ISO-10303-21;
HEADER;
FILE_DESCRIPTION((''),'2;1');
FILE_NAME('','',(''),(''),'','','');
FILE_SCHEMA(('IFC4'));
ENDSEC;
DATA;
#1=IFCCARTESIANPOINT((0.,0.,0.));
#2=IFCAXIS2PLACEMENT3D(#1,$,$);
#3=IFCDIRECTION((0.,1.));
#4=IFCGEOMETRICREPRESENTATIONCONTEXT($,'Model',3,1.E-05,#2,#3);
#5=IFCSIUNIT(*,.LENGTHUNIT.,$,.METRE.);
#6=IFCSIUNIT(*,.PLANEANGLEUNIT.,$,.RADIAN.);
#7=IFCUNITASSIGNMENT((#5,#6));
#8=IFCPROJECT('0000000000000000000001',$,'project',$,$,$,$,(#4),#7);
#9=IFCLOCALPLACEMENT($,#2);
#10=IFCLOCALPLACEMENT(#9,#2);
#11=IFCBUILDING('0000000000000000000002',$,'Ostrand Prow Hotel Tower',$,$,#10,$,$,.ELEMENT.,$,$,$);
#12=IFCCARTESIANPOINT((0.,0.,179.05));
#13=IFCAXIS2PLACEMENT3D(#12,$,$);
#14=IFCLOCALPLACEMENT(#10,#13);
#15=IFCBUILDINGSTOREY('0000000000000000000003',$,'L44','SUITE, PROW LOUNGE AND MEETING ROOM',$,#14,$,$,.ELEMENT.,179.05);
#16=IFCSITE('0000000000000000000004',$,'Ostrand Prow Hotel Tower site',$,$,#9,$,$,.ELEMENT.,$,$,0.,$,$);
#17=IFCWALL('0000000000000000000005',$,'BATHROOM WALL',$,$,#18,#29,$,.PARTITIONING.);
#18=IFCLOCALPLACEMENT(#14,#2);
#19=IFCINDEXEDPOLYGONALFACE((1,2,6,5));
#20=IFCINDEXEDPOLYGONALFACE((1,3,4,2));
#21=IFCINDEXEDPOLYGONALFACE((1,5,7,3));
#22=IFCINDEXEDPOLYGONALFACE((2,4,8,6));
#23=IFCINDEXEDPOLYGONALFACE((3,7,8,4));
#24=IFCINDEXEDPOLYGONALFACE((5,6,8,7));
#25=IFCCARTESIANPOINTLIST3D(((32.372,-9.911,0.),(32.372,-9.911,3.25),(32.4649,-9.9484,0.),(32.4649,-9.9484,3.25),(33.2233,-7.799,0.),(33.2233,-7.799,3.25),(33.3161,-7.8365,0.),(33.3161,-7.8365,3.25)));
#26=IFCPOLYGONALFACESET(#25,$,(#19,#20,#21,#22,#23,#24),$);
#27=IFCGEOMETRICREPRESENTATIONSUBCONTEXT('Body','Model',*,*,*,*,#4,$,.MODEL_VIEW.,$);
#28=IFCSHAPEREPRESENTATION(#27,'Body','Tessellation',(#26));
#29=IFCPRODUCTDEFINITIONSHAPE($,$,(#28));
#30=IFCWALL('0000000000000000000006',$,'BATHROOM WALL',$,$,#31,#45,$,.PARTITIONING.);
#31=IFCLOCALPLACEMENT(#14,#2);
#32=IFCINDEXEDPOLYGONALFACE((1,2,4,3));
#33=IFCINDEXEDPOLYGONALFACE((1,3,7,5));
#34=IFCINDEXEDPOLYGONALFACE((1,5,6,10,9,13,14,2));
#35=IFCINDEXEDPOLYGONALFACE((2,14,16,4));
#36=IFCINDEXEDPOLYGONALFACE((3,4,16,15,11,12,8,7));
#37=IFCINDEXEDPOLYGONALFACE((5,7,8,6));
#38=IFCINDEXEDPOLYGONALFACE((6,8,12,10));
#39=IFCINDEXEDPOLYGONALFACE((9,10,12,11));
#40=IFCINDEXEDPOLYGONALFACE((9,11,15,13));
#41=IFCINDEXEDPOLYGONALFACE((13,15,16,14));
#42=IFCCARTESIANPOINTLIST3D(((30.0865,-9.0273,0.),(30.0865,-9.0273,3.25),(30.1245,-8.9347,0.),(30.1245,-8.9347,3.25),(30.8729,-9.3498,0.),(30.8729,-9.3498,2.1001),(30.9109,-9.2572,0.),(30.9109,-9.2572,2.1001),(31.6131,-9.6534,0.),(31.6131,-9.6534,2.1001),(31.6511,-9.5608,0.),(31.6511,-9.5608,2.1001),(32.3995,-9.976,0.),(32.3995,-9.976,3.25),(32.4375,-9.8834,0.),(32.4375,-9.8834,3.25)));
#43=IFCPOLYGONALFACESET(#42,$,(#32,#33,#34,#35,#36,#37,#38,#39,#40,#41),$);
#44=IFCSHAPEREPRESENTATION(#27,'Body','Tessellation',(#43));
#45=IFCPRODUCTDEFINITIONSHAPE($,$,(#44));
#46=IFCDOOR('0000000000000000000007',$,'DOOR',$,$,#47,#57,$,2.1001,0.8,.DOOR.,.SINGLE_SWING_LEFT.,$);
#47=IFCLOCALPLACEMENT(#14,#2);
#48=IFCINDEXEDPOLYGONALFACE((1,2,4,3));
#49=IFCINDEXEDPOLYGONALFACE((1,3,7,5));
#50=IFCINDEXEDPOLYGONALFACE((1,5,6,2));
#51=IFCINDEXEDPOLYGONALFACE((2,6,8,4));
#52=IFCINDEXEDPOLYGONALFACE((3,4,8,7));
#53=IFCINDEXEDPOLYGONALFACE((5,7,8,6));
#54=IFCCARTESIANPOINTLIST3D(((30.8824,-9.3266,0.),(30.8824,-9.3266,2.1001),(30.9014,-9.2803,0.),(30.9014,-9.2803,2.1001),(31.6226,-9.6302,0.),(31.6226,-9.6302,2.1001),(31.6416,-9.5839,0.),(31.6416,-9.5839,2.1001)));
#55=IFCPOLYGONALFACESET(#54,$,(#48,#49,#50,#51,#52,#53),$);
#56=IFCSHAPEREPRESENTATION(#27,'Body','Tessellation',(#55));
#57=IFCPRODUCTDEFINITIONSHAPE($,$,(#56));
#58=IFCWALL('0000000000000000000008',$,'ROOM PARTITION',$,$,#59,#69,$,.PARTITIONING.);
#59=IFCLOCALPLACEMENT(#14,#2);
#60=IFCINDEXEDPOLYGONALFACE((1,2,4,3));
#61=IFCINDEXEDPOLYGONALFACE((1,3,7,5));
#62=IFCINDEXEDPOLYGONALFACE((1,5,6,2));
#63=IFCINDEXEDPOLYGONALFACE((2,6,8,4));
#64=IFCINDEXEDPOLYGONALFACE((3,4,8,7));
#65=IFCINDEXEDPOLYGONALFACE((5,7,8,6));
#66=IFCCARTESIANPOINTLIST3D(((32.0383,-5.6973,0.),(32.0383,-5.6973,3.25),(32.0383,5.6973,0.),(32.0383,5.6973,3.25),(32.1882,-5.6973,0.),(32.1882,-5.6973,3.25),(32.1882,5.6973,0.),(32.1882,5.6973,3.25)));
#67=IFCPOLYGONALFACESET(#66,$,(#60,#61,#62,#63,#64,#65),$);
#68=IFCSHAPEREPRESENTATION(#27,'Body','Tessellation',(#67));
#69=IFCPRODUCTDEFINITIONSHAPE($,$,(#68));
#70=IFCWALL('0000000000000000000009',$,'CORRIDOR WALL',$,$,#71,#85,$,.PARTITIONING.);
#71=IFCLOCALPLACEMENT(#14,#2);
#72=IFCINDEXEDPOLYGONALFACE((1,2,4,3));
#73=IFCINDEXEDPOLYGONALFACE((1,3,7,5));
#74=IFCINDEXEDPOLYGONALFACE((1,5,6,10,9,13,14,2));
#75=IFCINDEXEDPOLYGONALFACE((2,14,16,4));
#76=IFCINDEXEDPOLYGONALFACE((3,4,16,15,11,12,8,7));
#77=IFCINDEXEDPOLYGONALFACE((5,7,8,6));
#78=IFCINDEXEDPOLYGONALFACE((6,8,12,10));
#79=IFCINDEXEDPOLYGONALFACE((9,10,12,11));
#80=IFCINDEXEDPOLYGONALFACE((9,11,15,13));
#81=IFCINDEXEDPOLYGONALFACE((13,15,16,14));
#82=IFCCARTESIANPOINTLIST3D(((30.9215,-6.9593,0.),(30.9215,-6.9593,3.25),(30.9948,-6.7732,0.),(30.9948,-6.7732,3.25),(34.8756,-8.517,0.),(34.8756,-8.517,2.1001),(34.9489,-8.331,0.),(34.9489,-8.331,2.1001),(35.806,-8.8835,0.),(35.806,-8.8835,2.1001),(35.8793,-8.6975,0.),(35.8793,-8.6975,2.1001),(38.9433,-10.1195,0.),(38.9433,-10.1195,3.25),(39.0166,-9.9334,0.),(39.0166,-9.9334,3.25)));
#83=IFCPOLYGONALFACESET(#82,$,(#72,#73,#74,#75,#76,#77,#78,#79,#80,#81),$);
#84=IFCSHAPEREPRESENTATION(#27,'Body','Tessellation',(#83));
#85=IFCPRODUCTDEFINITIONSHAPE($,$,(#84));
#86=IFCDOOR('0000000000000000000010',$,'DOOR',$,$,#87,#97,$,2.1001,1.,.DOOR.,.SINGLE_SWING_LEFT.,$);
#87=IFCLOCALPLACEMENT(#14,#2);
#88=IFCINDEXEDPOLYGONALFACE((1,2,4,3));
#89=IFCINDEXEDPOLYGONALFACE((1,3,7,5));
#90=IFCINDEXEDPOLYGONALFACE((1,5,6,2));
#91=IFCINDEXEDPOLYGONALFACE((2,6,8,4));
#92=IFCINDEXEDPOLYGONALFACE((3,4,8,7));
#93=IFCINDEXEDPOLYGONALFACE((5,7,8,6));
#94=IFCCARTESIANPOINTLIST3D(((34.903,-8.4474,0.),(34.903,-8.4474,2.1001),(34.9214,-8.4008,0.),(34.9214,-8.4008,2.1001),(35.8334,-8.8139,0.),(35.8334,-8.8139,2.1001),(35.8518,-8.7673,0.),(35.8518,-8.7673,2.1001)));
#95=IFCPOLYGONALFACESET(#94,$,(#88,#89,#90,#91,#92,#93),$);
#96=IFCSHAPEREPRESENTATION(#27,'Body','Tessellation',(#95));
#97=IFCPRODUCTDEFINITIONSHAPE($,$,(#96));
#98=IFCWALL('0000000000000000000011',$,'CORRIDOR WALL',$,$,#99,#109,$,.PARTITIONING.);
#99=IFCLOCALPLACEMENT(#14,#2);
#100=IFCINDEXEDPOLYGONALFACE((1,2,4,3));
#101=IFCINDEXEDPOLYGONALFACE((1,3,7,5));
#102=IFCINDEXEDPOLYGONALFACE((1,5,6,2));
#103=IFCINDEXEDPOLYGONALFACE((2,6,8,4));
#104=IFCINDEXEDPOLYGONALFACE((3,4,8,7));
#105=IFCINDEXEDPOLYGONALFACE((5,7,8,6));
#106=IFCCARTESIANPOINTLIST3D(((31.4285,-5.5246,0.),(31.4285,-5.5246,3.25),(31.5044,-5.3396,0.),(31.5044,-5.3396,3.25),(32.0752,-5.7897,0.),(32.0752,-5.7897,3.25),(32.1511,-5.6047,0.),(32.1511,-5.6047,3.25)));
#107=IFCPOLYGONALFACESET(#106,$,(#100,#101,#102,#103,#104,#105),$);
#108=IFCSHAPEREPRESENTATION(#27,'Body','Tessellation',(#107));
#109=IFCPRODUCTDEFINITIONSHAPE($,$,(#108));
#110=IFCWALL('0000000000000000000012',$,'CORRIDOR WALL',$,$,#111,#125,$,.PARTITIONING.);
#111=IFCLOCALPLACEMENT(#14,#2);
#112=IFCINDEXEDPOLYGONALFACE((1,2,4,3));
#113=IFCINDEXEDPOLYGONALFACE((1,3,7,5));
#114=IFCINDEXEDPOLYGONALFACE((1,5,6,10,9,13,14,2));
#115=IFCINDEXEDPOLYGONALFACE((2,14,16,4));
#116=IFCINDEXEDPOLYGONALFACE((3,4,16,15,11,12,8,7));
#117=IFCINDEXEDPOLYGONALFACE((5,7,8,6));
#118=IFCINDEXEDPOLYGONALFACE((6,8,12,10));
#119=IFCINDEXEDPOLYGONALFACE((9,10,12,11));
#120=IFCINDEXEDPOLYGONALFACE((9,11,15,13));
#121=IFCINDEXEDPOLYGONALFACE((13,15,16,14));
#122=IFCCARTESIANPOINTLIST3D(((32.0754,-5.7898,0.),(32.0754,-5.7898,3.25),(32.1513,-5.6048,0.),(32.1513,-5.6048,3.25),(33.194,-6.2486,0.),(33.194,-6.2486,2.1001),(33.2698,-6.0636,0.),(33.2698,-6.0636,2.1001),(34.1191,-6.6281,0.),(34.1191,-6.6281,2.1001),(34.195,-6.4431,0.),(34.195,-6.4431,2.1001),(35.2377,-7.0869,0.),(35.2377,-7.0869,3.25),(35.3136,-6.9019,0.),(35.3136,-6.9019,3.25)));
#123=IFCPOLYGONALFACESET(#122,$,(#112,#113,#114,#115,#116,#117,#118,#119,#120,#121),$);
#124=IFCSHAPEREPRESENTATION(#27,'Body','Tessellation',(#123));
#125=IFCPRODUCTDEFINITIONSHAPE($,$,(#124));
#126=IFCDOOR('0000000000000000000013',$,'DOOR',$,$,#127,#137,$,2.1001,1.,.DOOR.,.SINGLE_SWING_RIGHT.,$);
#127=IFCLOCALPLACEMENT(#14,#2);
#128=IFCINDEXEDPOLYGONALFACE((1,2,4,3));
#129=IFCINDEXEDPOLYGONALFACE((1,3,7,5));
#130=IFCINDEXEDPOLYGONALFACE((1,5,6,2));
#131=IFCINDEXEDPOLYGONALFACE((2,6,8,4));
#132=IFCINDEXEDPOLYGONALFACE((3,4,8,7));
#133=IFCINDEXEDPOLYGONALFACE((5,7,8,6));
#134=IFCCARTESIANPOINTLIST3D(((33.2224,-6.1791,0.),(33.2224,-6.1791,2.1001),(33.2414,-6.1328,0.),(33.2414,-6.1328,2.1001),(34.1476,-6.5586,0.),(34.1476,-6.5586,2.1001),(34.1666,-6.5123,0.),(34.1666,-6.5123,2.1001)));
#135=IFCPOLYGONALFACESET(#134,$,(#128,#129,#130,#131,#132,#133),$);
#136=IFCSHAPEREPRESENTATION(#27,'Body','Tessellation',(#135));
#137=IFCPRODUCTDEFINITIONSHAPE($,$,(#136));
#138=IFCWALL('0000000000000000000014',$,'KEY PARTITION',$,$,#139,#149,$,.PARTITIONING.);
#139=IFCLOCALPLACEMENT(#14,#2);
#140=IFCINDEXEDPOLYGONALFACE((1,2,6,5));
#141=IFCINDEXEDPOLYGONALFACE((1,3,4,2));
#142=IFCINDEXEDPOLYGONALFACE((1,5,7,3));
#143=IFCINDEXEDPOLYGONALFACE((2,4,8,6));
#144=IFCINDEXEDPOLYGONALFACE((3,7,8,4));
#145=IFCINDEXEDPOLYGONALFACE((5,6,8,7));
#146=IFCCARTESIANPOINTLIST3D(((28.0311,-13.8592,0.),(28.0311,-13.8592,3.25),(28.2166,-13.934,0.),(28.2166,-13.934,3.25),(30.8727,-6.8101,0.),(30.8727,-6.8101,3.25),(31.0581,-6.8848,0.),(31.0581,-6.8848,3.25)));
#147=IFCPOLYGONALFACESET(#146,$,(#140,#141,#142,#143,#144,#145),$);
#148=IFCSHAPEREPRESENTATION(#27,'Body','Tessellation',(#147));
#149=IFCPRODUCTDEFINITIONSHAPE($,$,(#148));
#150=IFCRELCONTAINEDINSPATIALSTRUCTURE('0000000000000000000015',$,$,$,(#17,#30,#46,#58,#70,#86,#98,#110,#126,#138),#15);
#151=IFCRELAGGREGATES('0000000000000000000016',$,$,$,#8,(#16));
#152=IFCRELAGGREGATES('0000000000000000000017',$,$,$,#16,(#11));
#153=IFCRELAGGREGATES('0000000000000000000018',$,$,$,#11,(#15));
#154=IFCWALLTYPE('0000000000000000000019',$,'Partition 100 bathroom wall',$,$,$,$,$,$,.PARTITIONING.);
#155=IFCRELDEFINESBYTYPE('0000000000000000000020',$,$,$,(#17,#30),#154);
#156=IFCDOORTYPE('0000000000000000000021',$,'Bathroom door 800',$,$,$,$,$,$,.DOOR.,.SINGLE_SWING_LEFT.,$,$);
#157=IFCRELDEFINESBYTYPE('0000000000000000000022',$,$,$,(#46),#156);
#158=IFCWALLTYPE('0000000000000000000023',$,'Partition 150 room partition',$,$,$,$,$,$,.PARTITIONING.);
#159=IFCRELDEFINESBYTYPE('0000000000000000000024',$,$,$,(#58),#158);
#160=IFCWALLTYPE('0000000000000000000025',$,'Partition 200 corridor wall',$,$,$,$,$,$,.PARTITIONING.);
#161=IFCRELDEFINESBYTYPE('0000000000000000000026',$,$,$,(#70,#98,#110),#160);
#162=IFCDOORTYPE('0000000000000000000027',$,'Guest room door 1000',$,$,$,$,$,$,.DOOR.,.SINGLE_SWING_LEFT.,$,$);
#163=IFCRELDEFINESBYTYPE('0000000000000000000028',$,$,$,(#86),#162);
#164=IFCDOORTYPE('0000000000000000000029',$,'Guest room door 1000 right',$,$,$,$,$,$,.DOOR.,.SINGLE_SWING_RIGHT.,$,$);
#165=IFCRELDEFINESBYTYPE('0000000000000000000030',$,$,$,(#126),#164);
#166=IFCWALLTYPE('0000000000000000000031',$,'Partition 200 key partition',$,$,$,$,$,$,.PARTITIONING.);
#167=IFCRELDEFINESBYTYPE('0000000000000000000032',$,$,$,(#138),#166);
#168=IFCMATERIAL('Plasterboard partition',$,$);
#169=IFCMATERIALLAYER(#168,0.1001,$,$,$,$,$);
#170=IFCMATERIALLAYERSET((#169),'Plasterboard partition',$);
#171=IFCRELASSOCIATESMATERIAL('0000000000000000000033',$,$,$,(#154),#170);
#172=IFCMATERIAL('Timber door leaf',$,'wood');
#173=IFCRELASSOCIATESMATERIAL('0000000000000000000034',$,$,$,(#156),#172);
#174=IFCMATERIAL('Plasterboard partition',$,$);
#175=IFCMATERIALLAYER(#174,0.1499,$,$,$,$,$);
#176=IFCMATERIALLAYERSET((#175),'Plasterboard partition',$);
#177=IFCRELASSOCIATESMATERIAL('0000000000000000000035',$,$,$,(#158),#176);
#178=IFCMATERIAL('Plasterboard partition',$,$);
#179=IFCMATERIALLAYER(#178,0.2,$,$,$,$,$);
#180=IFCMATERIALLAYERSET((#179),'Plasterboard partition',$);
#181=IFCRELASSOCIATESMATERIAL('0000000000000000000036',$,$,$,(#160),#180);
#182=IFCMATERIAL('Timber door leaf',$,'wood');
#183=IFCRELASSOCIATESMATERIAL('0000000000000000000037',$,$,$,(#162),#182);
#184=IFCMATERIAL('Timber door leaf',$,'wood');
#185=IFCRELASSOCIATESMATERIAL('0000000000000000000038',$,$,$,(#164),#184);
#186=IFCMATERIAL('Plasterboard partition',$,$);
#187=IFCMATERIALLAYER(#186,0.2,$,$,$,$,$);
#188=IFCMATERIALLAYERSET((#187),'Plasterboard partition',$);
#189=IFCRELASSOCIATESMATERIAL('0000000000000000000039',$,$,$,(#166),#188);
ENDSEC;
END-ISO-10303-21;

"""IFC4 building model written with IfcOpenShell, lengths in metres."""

from ifc_helpers import new_model, si_unit, direction, frame, frame_2d, origin, place, context, subcontext, project, spatial, rectangle, extrude, material, layer, layer_set, type_object, element, fill, save


model = new_model("IFC4")

# Units and contexts
model_context = context("Model", 3, precision=1e-05, world=origin(), true_north=direction((0.0, 1.0)))
body_context = subcontext(model_context, "Body", "Model", "MODEL_VIEW")
ifc_project = project(units=[si_unit("LENGTHUNIT", "METRE"), si_unit("PLANEANGLEUNIT", "RADIAN")], contexts=[model_context])

# Site, building, storey
site_placement = place(None, origin())
site = spatial("IfcSite", under=ifc_project, at=site_placement, Name="Ostrand Prow Hotel Tower site", CompositionType="ELEMENT", RefElevation=0.0)
building_placement = place(site_placement, origin())
building = spatial("IfcBuilding", under=site, at=building_placement, Name="Ostrand Prow Hotel Tower", CompositionType="ELEMENT")
storey_placement = place(building_placement, frame((0.0, 0.0, 179.05)))
storey = spatial("IfcBuildingStorey", under=building, at=storey_placement, Name="L44", Description="SUITE, PROW LOUNGE AND MEETING ROOM", CompositionType="ELEMENT", Elevation=179.05)

# Shared definitions
ifc_material_1 = material(Name="Plasterboard partition")
ifc_layer_1 = layer(ifc_material_1, 0.1001)
ifc_layer_set_1 = layer_set([ifc_layer_1], Name="Plasterboard partition")
wall_type_1 = type_object("IfcWallType", Name="Partition 100 bathroom wall", PredefinedType="PARTITIONING", material=ifc_layer_set_1)

# Shared definitions
ifc_material_2 = material(Name="Timber door leaf", Category="wood")
door_type_1 = type_object("IfcDoorType", Name="Bathroom door 800", OperationType="SINGLE_SWING_LEFT", PredefinedType="DOOR", material=ifc_material_2)

# Wall
wall_1_placement = place(storey_placement, frame((33.2698, -7.8176, 0.0), z_axis=(0.0, 0.0, 1.0), x_axis=(-0.373848, -0.92749, 0.0)))
element("IfcWall", 1, at=wall_1_placement, inside=storey, type_object=wall_type_1, Name="BATHROOM WALL", PredefinedType="PARTITIONING", context=body_context, shape_type="SweptSolid", body=[
    extrude(rectangle(XDim=2.2771, YDim=0.1001, at=frame_2d((1.1387, 0.0))), origin(), (0.0, 0.0, 1.0), 3.25),
])

# Wall, opening, door
wall_2_placement = place(storey_placement, frame((32.4185, -9.9297, 0.0), z_axis=(0.0, 0.0, 1.0), x_axis=(-0.925195, 0.379492, 0.0)))
wall_2 = element("IfcWall", 2, at=wall_2_placement, inside=storey, type_object=wall_type_1, Name="BATHROOM WALL", PredefinedType="PARTITIONING", context=body_context, shape_type="SweptSolid", body=[
    extrude(rectangle(XDim=2.5, YDim=0.1001, at=frame_2d((1.25, 0.0))), origin(), (0.0, 0.0, 1.0), 3.25),
])
opening_1_placement = place(wall_2_placement, frame((0.8501, 0.0, 0.0)))
opening_1 = element("IfcOpeningElement", 3, at=opening_1_placement, cuts=wall_2, PredefinedType="OPENING", context=body_context, shape_type="SweptSolid", body=[
    extrude(rectangle(XDim=0.8, YDim=2.1001, at=frame_2d((0.3999, 1.05))), frame((0.0, 0.0601, 0.0), z_axis=(0.0, -1.0, 0.0), x_axis=(1.0, 0.0, 0.0)), (0.0, 0.0, 1.0), 0.1201),
])
door_1_placement = place(opening_1_placement, origin())
door_1 = element("IfcDoor", 4, at=door_1_placement, inside=storey, type_object=door_type_1, Name="DOOR", OperationType="SINGLE_SWING_LEFT", OverallHeight=2.1001, OverallWidth=0.8, PredefinedType="DOOR", context=body_context, shape_type="SweptSolid", body=[
    extrude(rectangle(XDim=0.8, YDim=2.1001, at=frame_2d((0.3999, 1.05))), frame((0.0, 0.0249, 0.0), z_axis=(0.0, -1.0, 0.0), x_axis=(1.0, 0.0, 0.0)), (0.0, 0.0, 1.0), 0.05),
])
fill(opening_1, door_1)

# Wall
ifc_material_3 = material(Name="Plasterboard partition")
ifc_layer_2 = layer(ifc_material_3, 0.1499)
ifc_layer_set_2 = layer_set([ifc_layer_2], Name="Plasterboard partition")
wall_type_2 = type_object("IfcWallType", Name="Partition 150 room partition", PredefinedType="PARTITIONING", material=ifc_layer_set_2)
wall_3_placement = place(storey_placement, frame((32.1133, -5.6973, 0.0), z_axis=(0.0, 0.0, 1.0), x_axis=(0.0, 1.0, 0.0)))
element("IfcWall", 5, at=wall_3_placement, inside=storey, type_object=wall_type_2, Name="ROOM PARTITION", PredefinedType="PARTITIONING", context=body_context, shape_type="SweptSolid", body=[
    extrude(rectangle(XDim=11.3945, YDim=0.1499, at=frame_2d((5.6973, 0.0))), origin(), (0.0, 0.0, 1.0), 3.25),
])

# Wall, opening, door
ifc_material_4 = material(Name="Plasterboard partition")
ifc_layer_3 = layer(ifc_material_4, 0.2)
ifc_layer_set_3 = layer_set([ifc_layer_3], Name="Plasterboard partition")
wall_type_3 = type_object("IfcWallType", Name="Partition 200 corridor wall", PredefinedType="PARTITIONING", material=ifc_layer_set_3)
wall_4_placement = place(storey_placement, frame((30.958, -6.8662, 0.0), z_axis=(0.0, 0.0, 1.0), x_axis=(0.930405, -0.366533, 0.0)))
wall_4 = element("IfcWall", 6, at=wall_4_placement, inside=storey, type_object=wall_type_3, Name="CORRIDOR WALL", PredefinedType="PARTITIONING", context=body_context, shape_type="SweptSolid", body=[
    extrude(rectangle(XDim=8.6218, YDim=0.2, at=frame_2d((4.311, 0.0))), origin(), (0.0, 0.0, 1.0), 3.25),
])
opening_2_placement = place(wall_4_placement, frame((4.25, 0.0, 0.0)))
opening_2 = element("IfcOpeningElement", 7, at=opening_2_placement, cuts=wall_4, PredefinedType="OPENING", context=body_context, shape_type="SweptSolid", body=[
    extrude(rectangle(XDim=1.0, YDim=2.1001, at=frame_2d((0.5, 1.05))), frame((0.0, 0.1099, 0.0), z_axis=(0.0, -1.0, 0.0), x_axis=(1.0, 0.0, 0.0)), (0.0, 0.0, 1.0), 0.22),
])
ifc_material_5 = material(Name="Timber door leaf", Category="wood")
door_type_2 = type_object("IfcDoorType", Name="Guest room door 1000", OperationType="SINGLE_SWING_LEFT", PredefinedType="DOOR", material=ifc_material_5)
door_2_placement = place(opening_2_placement, origin())
door_2 = element("IfcDoor", 8, at=door_2_placement, inside=storey, type_object=door_type_2, Name="DOOR", OperationType="SINGLE_SWING_LEFT", OverallHeight=2.1001, OverallWidth=1.0, PredefinedType="DOOR", context=body_context, shape_type="SweptSolid", body=[
    extrude(rectangle(XDim=1.0, YDim=2.1001, at=frame_2d((0.5, 1.05))), frame((0.0, 0.0249, 0.0), z_axis=(0.0, -1.0, 0.0), x_axis=(1.0, 0.0, 0.0)), (0.0, 0.0, 1.0), 0.05),
])
fill(opening_2, door_2)

# Wall
wall_5_placement = place(storey_placement, frame((32.1133, -5.6973, 0.0), z_axis=(0.0, 0.0, 1.0), x_axis=(-0.925263, 0.379326, 0.0)))
element("IfcWall", 9, at=wall_5_placement, inside=storey, type_object=wall_type_3, Name="CORRIDOR WALL", PredefinedType="PARTITIONING", context=body_context, shape_type="SweptSolid", body=[
    extrude(rectangle(XDim=0.699, YDim=0.2, at=frame_2d((0.3496, 0.0))), origin(), (0.0, 0.0, 1.0), 3.25),
])

# Wall, opening, door
wall_6_placement = place(storey_placement, frame((35.2756, -6.9944, 0.0), z_axis=(0.0, 0.0, 1.0), x_axis=(-0.925195, 0.379492, 0.0)))
wall_6 = element("IfcWall", 10, at=wall_6_placement, inside=storey, type_object=wall_type_3, Name="CORRIDOR WALL", PredefinedType="PARTITIONING", context=body_context, shape_type="SweptSolid", body=[
    extrude(rectangle(XDim=3.418, YDim=0.2, at=frame_2d((1.709, 0.0))), origin(), (0.0, 0.0, 1.0), 3.25),
])
opening_3_placement = place(wall_6_placement, frame((1.209, 0.0, 0.0)))
opening_3 = element("IfcOpeningElement", 11, at=opening_3_placement, cuts=wall_6, PredefinedType="OPENING", context=body_context, shape_type="SweptSolid", body=[
    extrude(rectangle(XDim=1.0, YDim=2.1001, at=frame_2d((0.5, 1.05))), frame((0.0, 0.1099, 0.0), z_axis=(0.0, -1.0, 0.0), x_axis=(1.0, 0.0, 0.0)), (0.0, 0.0, 1.0), 0.22),
])
ifc_material_6 = material(Name="Timber door leaf", Category="wood")
door_type_3 = type_object("IfcDoorType", Name="Guest room door 1000 right", OperationType="SINGLE_SWING_RIGHT", PredefinedType="DOOR", material=ifc_material_6)
door_3_placement = place(opening_3_placement, origin())
door_3 = element("IfcDoor", 12, at=door_3_placement, inside=storey, type_object=door_type_3, Name="DOOR", OperationType="SINGLE_SWING_RIGHT", OverallHeight=2.1001, OverallWidth=1.0, PredefinedType="DOOR", context=body_context, shape_type="SweptSolid", body=[
    extrude(rectangle(XDim=1.0, YDim=2.1001, at=frame_2d((0.5, 1.05))), frame((0.0, 0.0249, 0.0), z_axis=(0.0, -1.0, 0.0), x_axis=(1.0, 0.0, 0.0)), (0.0, 0.0, 1.0), 0.05),
])
fill(opening_3, door_3)

# Wall
ifc_material_7 = material(Name="Plasterboard partition")
ifc_layer_4 = layer(ifc_material_7, 0.2)
ifc_layer_set_4 = layer_set([ifc_layer_4], Name="Plasterboard partition")
wall_type_4 = type_object("IfcWallType", Name="Partition 200 key partition", PredefinedType="PARTITIONING", material=ifc_layer_set_4)
wall_7_placement = place(storey_placement, frame((28.1238, -13.8967, 0.0), z_axis=(0.0, 0.0, 1.0), x_axis=(0.373876, 0.927479, 0.0)))
element("IfcWall", 13, at=wall_7_placement, inside=storey, type_object=wall_type_4, Name="KEY PARTITION", PredefinedType="PARTITIONING", context=body_context, shape_type="SweptSolid", body=[
    extrude(rectangle(XDim=7.6003, YDim=0.2, at=frame_2d((3.8003, 0.0))), origin(), (0.0, 0.0, 1.0), 3.25),
])

save(model, "model.ifc")
